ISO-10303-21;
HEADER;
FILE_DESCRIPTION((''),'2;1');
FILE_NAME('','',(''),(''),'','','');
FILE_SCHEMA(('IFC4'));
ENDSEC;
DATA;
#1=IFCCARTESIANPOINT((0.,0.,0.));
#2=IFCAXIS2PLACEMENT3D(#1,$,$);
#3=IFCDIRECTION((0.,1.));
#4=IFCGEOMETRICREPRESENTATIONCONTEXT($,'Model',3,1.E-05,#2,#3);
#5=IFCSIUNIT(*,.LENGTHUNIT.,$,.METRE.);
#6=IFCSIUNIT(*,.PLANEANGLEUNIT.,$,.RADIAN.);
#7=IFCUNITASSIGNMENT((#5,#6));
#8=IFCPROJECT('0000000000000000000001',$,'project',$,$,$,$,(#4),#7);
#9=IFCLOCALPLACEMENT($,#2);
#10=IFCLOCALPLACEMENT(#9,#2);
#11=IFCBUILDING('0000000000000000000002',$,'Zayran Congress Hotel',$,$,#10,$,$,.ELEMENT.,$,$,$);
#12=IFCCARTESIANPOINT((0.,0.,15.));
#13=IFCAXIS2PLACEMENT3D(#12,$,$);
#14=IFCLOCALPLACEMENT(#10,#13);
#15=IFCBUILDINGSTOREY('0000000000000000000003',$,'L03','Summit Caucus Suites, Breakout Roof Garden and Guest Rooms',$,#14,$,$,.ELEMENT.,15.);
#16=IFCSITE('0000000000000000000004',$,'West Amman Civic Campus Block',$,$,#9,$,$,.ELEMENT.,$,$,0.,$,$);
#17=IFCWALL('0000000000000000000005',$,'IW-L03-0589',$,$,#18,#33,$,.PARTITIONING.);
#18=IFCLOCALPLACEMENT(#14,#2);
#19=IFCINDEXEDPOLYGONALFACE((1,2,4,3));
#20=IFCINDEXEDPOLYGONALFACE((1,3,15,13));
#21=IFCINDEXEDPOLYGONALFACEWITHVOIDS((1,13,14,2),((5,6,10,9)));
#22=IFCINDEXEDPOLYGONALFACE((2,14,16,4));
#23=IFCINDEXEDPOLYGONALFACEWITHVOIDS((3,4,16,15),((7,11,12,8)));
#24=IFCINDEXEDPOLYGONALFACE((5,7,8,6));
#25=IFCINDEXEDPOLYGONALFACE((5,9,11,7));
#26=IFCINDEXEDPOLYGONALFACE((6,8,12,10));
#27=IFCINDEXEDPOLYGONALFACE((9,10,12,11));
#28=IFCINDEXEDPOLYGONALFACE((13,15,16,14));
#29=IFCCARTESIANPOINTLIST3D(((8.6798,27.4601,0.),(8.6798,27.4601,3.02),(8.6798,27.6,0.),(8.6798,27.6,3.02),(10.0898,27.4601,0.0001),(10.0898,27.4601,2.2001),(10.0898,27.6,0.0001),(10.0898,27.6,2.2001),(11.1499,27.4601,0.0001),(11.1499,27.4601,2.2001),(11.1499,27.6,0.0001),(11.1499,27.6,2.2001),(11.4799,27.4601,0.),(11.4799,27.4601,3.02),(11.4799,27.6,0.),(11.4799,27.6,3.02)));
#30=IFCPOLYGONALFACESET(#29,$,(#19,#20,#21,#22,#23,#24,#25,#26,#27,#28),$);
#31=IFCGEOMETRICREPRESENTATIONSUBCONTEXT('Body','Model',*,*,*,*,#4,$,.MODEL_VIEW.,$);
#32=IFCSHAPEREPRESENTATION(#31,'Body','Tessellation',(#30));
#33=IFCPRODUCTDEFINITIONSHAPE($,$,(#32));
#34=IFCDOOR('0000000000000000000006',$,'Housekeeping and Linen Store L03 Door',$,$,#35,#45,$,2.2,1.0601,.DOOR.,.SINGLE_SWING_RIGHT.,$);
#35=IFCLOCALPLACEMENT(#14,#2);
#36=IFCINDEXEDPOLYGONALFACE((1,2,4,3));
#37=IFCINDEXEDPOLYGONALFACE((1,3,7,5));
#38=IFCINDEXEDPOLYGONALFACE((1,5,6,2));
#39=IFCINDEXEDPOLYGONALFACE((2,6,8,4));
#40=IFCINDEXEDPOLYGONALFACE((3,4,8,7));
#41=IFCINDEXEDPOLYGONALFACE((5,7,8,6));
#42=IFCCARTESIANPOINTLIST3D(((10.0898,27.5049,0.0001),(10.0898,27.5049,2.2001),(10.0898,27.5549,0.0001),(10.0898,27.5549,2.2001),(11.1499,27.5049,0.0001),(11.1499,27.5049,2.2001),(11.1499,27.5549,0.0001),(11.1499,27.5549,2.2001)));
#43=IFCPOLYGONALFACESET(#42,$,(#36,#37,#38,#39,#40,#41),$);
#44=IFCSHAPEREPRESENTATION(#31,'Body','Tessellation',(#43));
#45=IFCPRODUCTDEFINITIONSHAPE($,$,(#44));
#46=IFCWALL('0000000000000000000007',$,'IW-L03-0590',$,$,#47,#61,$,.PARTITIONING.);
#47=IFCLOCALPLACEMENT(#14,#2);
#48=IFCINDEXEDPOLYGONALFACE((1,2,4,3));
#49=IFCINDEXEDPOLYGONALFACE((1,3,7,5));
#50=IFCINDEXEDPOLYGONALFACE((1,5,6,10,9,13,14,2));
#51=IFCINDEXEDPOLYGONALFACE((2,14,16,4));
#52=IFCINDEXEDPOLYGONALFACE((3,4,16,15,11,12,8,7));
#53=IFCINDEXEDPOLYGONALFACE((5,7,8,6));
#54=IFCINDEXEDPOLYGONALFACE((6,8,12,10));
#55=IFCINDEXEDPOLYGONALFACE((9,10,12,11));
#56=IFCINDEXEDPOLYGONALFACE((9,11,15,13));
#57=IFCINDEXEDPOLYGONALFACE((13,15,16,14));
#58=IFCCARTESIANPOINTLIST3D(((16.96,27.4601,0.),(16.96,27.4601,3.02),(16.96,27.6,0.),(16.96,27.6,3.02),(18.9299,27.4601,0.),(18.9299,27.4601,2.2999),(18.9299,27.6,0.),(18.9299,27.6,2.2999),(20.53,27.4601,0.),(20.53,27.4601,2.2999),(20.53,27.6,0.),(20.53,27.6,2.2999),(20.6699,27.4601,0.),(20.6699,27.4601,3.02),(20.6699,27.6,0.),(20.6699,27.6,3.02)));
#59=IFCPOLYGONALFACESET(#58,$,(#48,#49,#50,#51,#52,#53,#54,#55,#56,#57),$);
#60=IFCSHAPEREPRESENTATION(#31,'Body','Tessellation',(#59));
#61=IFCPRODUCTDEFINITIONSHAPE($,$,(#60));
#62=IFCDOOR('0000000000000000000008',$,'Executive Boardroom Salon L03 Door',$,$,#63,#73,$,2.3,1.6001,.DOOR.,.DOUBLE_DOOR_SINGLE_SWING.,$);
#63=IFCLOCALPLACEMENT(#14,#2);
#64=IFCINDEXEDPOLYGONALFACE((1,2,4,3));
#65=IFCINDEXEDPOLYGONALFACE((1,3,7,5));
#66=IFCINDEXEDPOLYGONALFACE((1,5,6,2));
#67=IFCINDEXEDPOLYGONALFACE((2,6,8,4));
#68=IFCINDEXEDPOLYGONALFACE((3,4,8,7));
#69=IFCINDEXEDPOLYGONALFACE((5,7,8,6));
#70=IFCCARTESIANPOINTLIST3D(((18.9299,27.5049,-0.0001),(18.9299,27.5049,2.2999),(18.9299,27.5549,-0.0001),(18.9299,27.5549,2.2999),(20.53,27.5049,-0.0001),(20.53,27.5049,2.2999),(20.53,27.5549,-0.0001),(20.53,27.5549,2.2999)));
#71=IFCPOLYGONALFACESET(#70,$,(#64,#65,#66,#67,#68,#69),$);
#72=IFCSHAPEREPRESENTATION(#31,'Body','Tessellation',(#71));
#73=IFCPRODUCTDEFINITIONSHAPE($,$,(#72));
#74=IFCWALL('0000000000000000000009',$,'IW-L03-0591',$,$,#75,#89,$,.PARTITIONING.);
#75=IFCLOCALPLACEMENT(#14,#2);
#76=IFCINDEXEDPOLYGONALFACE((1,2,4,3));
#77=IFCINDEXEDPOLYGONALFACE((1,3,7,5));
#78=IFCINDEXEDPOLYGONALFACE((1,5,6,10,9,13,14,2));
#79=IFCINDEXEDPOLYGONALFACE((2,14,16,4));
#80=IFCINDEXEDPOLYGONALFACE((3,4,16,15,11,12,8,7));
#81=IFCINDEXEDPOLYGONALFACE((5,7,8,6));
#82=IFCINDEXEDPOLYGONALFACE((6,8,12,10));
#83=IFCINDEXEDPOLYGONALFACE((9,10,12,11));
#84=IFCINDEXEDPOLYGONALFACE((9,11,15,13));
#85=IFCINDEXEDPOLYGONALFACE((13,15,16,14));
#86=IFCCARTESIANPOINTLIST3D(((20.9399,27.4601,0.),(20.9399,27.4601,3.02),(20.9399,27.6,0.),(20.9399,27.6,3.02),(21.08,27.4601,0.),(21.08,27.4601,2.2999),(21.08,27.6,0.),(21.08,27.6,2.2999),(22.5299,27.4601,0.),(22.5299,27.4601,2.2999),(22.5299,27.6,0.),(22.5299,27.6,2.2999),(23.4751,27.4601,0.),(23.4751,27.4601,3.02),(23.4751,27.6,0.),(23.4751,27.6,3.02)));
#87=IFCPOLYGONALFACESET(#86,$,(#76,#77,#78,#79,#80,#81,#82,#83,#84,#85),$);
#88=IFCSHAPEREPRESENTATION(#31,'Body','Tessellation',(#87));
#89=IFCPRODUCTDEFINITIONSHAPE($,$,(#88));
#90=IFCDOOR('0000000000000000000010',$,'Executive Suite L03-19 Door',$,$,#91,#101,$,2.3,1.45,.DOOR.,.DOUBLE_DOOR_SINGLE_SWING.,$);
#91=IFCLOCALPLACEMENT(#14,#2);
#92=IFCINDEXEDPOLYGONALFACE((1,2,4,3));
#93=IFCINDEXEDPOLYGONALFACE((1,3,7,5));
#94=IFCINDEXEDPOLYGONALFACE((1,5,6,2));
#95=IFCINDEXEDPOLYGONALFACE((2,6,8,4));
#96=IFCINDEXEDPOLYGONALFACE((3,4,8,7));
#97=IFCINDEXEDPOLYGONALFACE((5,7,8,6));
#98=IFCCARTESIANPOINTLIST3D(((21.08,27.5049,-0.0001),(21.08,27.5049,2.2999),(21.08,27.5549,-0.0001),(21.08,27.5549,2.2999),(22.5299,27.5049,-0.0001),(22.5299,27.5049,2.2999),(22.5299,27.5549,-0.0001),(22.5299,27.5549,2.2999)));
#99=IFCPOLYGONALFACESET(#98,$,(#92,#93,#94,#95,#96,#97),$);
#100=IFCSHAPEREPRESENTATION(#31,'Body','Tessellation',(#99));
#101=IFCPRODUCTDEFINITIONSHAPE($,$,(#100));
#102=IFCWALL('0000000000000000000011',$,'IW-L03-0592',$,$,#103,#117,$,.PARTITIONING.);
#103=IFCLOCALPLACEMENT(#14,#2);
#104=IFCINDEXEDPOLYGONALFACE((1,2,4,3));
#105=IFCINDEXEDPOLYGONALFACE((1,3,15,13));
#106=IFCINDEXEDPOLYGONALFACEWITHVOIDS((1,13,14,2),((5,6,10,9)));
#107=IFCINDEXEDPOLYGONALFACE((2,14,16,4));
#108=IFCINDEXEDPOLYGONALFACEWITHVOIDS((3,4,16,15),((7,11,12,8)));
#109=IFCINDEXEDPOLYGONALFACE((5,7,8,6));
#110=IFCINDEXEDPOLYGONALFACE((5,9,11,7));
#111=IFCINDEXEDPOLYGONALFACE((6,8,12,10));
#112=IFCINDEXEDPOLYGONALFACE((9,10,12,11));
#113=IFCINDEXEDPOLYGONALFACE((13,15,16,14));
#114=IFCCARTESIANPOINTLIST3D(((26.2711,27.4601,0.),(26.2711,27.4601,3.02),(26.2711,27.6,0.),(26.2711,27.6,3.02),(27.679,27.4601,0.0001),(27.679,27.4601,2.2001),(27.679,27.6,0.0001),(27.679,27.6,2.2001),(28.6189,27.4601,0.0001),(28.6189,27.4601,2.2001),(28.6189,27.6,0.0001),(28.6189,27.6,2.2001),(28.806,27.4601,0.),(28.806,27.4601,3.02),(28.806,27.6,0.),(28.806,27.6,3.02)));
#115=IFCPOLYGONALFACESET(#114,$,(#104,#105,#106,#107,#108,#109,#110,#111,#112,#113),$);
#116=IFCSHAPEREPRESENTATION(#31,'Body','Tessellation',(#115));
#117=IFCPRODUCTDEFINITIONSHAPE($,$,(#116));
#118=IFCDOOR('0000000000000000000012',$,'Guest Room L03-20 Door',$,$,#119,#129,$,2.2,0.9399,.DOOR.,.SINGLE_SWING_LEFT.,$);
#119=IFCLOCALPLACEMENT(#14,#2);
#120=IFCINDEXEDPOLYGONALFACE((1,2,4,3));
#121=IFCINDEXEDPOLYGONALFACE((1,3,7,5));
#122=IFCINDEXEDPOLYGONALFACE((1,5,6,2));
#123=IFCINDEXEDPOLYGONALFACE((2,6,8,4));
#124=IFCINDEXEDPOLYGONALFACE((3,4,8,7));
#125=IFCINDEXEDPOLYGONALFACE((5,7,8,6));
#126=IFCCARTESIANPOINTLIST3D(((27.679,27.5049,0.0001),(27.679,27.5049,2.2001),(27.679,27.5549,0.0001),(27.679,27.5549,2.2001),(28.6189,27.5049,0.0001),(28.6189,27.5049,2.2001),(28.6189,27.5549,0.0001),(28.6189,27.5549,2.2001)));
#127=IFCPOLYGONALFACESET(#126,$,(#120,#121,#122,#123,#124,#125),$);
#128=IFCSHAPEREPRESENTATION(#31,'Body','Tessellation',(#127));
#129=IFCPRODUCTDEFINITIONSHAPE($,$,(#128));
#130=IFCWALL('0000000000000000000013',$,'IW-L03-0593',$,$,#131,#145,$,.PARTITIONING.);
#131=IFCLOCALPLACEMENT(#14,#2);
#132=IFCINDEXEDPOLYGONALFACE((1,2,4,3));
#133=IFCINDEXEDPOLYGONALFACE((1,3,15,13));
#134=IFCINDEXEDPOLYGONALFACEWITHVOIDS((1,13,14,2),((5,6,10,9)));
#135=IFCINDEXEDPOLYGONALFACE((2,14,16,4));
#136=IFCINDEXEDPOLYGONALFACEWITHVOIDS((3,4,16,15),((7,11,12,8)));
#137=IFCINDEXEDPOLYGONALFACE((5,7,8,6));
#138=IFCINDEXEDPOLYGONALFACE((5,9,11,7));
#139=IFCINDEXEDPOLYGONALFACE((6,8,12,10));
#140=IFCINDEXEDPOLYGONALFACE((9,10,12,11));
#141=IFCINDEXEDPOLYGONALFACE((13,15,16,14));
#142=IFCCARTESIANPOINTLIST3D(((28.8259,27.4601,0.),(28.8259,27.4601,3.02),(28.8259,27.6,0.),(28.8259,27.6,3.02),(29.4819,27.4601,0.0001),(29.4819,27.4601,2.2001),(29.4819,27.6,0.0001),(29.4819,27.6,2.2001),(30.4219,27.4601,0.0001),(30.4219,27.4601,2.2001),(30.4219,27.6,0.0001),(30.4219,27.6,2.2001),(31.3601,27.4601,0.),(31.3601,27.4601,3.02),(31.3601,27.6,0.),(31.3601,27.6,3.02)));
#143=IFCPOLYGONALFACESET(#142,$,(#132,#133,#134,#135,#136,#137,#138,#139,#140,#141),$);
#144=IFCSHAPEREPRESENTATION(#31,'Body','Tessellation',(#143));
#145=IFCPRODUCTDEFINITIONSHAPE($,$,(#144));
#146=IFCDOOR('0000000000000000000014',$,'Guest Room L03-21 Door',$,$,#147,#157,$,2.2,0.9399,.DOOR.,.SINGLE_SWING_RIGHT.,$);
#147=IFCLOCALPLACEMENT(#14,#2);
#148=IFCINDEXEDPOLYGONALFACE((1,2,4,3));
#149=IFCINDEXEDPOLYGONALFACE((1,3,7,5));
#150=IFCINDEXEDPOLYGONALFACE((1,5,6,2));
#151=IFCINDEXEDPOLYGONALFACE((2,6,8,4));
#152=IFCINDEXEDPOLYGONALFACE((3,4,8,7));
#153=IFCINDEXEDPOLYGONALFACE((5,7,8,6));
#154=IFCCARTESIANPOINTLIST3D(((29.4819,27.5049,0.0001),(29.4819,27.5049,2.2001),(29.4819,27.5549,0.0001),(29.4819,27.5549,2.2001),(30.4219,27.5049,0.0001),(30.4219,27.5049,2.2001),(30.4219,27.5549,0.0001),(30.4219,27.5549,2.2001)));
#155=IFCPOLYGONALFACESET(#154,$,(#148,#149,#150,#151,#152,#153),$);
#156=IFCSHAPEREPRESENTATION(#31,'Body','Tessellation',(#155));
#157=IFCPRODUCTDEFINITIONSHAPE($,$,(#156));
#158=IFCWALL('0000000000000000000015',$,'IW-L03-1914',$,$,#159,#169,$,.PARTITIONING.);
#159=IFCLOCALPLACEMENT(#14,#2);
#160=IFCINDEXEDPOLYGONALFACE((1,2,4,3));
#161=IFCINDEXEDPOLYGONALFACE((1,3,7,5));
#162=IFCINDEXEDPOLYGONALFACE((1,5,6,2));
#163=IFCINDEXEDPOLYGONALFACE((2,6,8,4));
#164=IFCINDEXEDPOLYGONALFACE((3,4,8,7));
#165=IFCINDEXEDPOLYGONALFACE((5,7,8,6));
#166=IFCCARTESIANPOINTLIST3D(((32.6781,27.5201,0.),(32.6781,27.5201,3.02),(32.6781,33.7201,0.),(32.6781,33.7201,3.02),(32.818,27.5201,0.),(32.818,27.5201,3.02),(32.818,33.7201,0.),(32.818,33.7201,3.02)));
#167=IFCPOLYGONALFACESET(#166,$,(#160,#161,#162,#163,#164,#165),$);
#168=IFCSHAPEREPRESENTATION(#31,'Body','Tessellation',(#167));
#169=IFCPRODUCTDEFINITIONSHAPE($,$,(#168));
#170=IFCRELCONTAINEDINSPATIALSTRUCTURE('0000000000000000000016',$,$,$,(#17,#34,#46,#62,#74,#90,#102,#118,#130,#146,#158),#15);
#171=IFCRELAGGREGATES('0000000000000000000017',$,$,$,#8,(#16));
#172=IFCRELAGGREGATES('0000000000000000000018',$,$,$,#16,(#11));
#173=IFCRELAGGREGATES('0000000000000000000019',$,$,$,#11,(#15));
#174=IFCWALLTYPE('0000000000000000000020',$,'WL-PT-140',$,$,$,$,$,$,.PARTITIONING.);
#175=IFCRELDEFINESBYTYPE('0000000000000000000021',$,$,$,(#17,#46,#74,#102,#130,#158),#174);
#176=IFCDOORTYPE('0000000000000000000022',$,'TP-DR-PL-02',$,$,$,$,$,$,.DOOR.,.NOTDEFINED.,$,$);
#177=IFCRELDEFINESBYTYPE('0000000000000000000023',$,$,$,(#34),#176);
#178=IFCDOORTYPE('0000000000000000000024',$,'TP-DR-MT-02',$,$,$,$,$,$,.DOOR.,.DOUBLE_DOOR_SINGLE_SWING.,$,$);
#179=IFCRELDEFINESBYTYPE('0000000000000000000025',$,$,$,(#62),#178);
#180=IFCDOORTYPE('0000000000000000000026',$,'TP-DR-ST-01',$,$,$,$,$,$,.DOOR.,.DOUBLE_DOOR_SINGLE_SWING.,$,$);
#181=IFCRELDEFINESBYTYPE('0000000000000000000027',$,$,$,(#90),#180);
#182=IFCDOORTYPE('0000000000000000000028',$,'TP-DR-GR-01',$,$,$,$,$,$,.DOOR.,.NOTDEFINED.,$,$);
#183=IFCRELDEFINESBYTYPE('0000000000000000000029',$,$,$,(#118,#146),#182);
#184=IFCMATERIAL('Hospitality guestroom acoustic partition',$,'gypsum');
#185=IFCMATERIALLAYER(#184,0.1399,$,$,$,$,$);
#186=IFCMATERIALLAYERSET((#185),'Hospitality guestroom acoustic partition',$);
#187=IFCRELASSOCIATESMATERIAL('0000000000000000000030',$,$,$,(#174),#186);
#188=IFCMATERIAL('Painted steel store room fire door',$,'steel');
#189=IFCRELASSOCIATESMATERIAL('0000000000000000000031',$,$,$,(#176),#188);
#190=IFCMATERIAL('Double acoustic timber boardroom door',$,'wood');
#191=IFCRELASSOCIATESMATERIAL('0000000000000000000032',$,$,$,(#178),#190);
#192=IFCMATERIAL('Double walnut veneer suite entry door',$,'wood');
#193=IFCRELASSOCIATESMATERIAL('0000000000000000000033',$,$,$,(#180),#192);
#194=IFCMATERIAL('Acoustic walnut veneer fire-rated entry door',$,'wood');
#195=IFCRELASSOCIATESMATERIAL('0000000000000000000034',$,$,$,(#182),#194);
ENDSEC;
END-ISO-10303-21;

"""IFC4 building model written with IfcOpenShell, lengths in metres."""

from ifc_helpers import new_model, si_unit, direction, frame, frame_2d, origin, place, context, subcontext, project, spatial, rectangle, extrude, material, layer, layer_set, type_object, element, fill, save


model = new_model("IFC4")

# Units and contexts
model_context = context("Model", 3, precision=1e-05, world=origin(), true_north=direction((0.0, 1.0)))
body_context = subcontext(model_context, "Body", "Model", "MODEL_VIEW")
ifc_project = project(units=[si_unit("LENGTHUNIT", "METRE"), si_unit("PLANEANGLEUNIT", "RADIAN")], contexts=[model_context])

# Site, building, storey
site_placement = place(None, origin())
site = spatial("IfcSite", under=ifc_project, at=site_placement, Name="West Amman Civic Campus Block", CompositionType="ELEMENT", RefElevation=0.0)
building_placement = place(site_placement, origin())
building = spatial("IfcBuilding", under=site, at=building_placement, Name="Zayran Congress Hotel", CompositionType="ELEMENT")
storey_placement = place(building_placement, frame((0.0, 0.0, 15.0)))
storey = spatial("IfcBuildingStorey", under=building, at=storey_placement, Name="L03", Description="Summit Caucus Suites, Breakout Roof Garden and Guest Rooms", CompositionType="ELEMENT", Elevation=15.0)

# Walls, openings, doors
ifc_material_1 = material(Name="Hospitality guestroom acoustic partition", Category="gypsum")
ifc_layer_1 = layer(ifc_material_1, 0.1399)
ifc_layer_set_1 = layer_set([ifc_layer_1], Name="Hospitality guestroom acoustic partition")
wall_type_1 = type_object("IfcWallType", Name="WL-PT-140", PredefinedType="PARTITIONING", material=ifc_layer_set_1)
wall_1_placement = place(storey_placement, frame((8.6799, 27.53, 0.0), z_axis=(0.0, 0.0, 1.0), x_axis=(1.0, 0.0, 0.0)))
wall_1 = element("IfcWall", 1, at=wall_1_placement, inside=storey, type_object=wall_type_1, Name="IW-L03-0589", PredefinedType="PARTITIONING", context=body_context, shape_type="SweptSolid", body=[
    extrude(rectangle(XDim=2.8, YDim=0.1399, at=frame_2d((1.3999, 0.0))), origin(), (0.0, 0.0, 1.0), 3.02),
])
opening_1_placement = place(wall_1_placement, frame((1.4099, 0.0, 0.0)))
opening_1 = element("IfcOpeningElement", 2, at=opening_1_placement, cuts=wall_1, PredefinedType="OPENING", context=body_context, shape_type="SweptSolid", body=[
    extrude(rectangle(XDim=1.0601, YDim=2.2, at=frame_2d((0.53, 1.1001))), frame((0.0, 0.0798, 0.0), z_axis=(0.0, -1.0, 0.0), x_axis=(1.0, 0.0, 0.0)), (0.0, 0.0, 1.0), 0.1599),
])
ifc_material_2 = material(Name="Painted steel store room fire door", Category="steel")
door_type_1 = type_object("IfcDoorType", Name="TP-DR-PL-02", OperationType="NOTDEFINED", PredefinedType="DOOR", material=ifc_material_2)
door_1_placement = place(opening_1_placement, origin())
door_1 = element("IfcDoor", 3, at=door_1_placement, inside=storey, type_object=door_type_1, Name="Housekeeping and Linen Store L03 Door", OperationType="SINGLE_SWING_RIGHT", OverallHeight=2.2, OverallWidth=1.0601, PredefinedType="DOOR", context=body_context, shape_type="SweptSolid", body=[
    extrude(rectangle(XDim=1.0601, YDim=2.2, at=frame_2d((0.53, 1.1001))), frame((0.0, 0.0249, 0.0), z_axis=(0.0, -1.0, 0.0), x_axis=(1.0, 0.0, 0.0)), (0.0, 0.0, 1.0), 0.05),
])
fill(opening_1, door_1)
wall_2_placement = place(storey_placement, frame((16.96, 27.53, 0.0), z_axis=(0.0, 0.0, 1.0), x_axis=(1.0, 0.0, 0.0)))
wall_2 = element("IfcWall", 4, at=wall_2_placement, inside=storey, type_object=wall_type_1, Name="IW-L03-0590", PredefinedType="PARTITIONING", context=body_context, shape_type="SweptSolid", body=[
    extrude(rectangle(XDim=3.71, YDim=0.1399, at=frame_2d((1.855, 0.0))), origin(), (0.0, 0.0, 1.0), 3.02),
])
opening_2_placement = place(wall_2_placement, frame((1.97, 0.0, 0.0)))
opening_2 = element("IfcOpeningElement", 5, at=opening_2_placement, cuts=wall_2, PredefinedType="OPENING", context=body_context, shape_type="SweptSolid", body=[
    extrude(rectangle(XDim=1.6001, YDim=2.3, at=frame_2d((0.8, 1.1499))), frame((0.0, 0.0798, 0.0), z_axis=(0.0, -1.0, 0.0), x_axis=(1.0, 0.0, 0.0)), (0.0, 0.0, 1.0), 0.1599),
])
ifc_material_3 = material(Name="Double acoustic timber boardroom door", Category="wood")
door_type_2 = type_object("IfcDoorType", Name="TP-DR-MT-02", OperationType="DOUBLE_DOOR_SINGLE_SWING", PredefinedType="DOOR", material=ifc_material_3)
door_2_placement = place(opening_2_placement, origin())
door_2 = element("IfcDoor", 6, at=door_2_placement, inside=storey, type_object=door_type_2, Name="Executive Boardroom Salon L03 Door", OperationType="DOUBLE_DOOR_SINGLE_SWING", OverallHeight=2.3, OverallWidth=1.6001, PredefinedType="DOOR", context=body_context, shape_type="SweptSolid", body=[
    extrude(rectangle(XDim=1.6001, YDim=2.3, at=frame_2d((0.8, 1.1499))), frame((0.0, 0.0249, 0.0), z_axis=(0.0, -1.0, 0.0), x_axis=(1.0, 0.0, 0.0)), (0.0, 0.0, 1.0), 0.05),
])
fill(opening_2, door_2)
wall_3_placement = place(storey_placement, frame((20.9399, 27.53, 0.0), z_axis=(0.0, 0.0, 1.0), x_axis=(1.0, 0.0, 0.0)))
wall_3 = element("IfcWall", 7, at=wall_3_placement, inside=storey, type_object=wall_type_1, Name="IW-L03-0591", PredefinedType="PARTITIONING", context=body_context, shape_type="SweptSolid", body=[
    extrude(rectangle(XDim=2.5352, YDim=0.1399, at=frame_2d((1.2676, 0.0))), origin(), (0.0, 0.0, 1.0), 3.02),
])
opening_3_placement = place(wall_3_placement, frame((0.1399, 0.0, 0.0)))
opening_3 = element("IfcOpeningElement", 8, at=opening_3_placement, cuts=wall_3, PredefinedType="OPENING", context=body_context, shape_type="SweptSolid", body=[
    extrude(rectangle(XDim=1.45, YDim=2.3, at=frame_2d((0.7251, 1.1499))), frame((0.0, 0.0798, 0.0), z_axis=(0.0, -1.0, 0.0), x_axis=(1.0, 0.0, 0.0)), (0.0, 0.0, 1.0), 0.1599),
])
ifc_material_4 = material(Name="Double walnut veneer suite entry door", Category="wood")
door_type_3 = type_object("IfcDoorType", Name="TP-DR-ST-01", OperationType="DOUBLE_DOOR_SINGLE_SWING", PredefinedType="DOOR", material=ifc_material_4)
door_3_placement = place(opening_3_placement, origin())
door_3 = element("IfcDoor", 9, at=door_3_placement, inside=storey, type_object=door_type_3, Name="Executive Suite L03-19 Door", OperationType="DOUBLE_DOOR_SINGLE_SWING", OverallHeight=2.3, OverallWidth=1.45, PredefinedType="DOOR", context=body_context, shape_type="SweptSolid", body=[
    extrude(rectangle(XDim=1.45, YDim=2.3, at=frame_2d((0.7251, 1.1499))), frame((0.0, 0.0249, 0.0), z_axis=(0.0, -1.0, 0.0), x_axis=(1.0, 0.0, 0.0)), (0.0, 0.0, 1.0), 0.05),
])
fill(opening_3, door_3)
wall_4_placement = place(storey_placement, frame((26.271, 27.53, 0.0), z_axis=(0.0, 0.0, 1.0), x_axis=(1.0, 0.0, 0.0)))
wall_4 = element("IfcWall", 10, at=wall_4_placement, inside=storey, type_object=wall_type_1, Name="IW-L03-0592", PredefinedType="PARTITIONING", context=body_context, shape_type="SweptSolid", body=[
    extrude(rectangle(XDim=2.5349, YDim=0.1399, at=frame_2d((1.2676, 0.0))), origin(), (0.0, 0.0, 1.0), 3.02),
])
opening_4_placement = place(wall_4_placement, frame((1.408, 0.0, 0.0)))
opening_4 = element("IfcOpeningElement", 11, at=opening_4_placement, cuts=wall_4, PredefinedType="OPENING", context=body_context, shape_type="SweptSolid", body=[
    extrude(rectangle(XDim=0.9399, YDim=2.2, at=frame_2d((0.47, 1.1001))), frame((0.0, 0.0798, 0.0), z_axis=(0.0, -1.0, 0.0), x_axis=(1.0, 0.0, 0.0)), (0.0, 0.0, 1.0), 0.1599),
])
ifc_material_5 = material(Name="Acoustic walnut veneer fire-rated entry door", Category="wood")
door_type_4 = type_object("IfcDoorType", Name="TP-DR-GR-01", OperationType="NOTDEFINED", PredefinedType="DOOR", material=ifc_material_5)
door_4_placement = place(opening_4_placement, origin())
door_4 = element("IfcDoor", 12, at=door_4_placement, inside=storey, type_object=door_type_4, Name="Guest Room L03-20 Door", OperationType="SINGLE_SWING_LEFT", OverallHeight=2.2, OverallWidth=0.9399, PredefinedType="DOOR", context=body_context, shape_type="SweptSolid", body=[
    extrude(rectangle(XDim=0.9399, YDim=2.2, at=frame_2d((0.47, 1.1001))), frame((0.0, 0.0249, 0.0), z_axis=(0.0, -1.0, 0.0), x_axis=(1.0, 0.0, 0.0)), (0.0, 0.0, 1.0), 0.05),
])
fill(opening_4, door_4)
wall_5_placement = place(storey_placement, frame((28.8259, 27.53, 0.0), z_axis=(0.0, 0.0, 1.0), x_axis=(1.0, 0.0, 0.0)))
wall_5 = element("IfcWall", 13, at=wall_5_placement, inside=storey, type_object=wall_type_1, Name="IW-L03-0593", PredefinedType="PARTITIONING", context=body_context, shape_type="SweptSolid", body=[
    extrude(rectangle(XDim=2.5342, YDim=0.1399, at=frame_2d((1.2671, 0.0))), origin(), (0.0, 0.0, 1.0), 3.02),
])
opening_5_placement = place(wall_5_placement, frame((0.656, 0.0, 0.0)))
opening_5 = element("IfcOpeningElement", 14, at=opening_5_placement, cuts=wall_5, PredefinedType="OPENING", context=body_context, shape_type="SweptSolid", body=[
    extrude(rectangle(XDim=0.9399, YDim=2.2, at=frame_2d((0.47, 1.1001))), frame((0.0, 0.0798, 0.0), z_axis=(0.0, -1.0, 0.0), x_axis=(1.0, 0.0, 0.0)), (0.0, 0.0, 1.0), 0.1599),
])
door_5_placement = place(opening_5_placement, origin())
door_5 = element("IfcDoor", 15, at=door_5_placement, inside=storey, type_object=door_type_4, Name="Guest Room L03-21 Door", OperationType="SINGLE_SWING_RIGHT", OverallHeight=2.2, OverallWidth=0.9399, PredefinedType="DOOR", context=body_context, shape_type="SweptSolid", body=[
    extrude(rectangle(XDim=0.9399, YDim=2.2, at=frame_2d((0.47, 1.1001))), frame((0.0, 0.0249, 0.0), z_axis=(0.0, -1.0, 0.0), x_axis=(1.0, 0.0, 0.0)), (0.0, 0.0, 1.0), 0.05),
])
fill(opening_5, door_5)

# Wall
wall_6_placement = place(storey_placement, frame((32.748, 27.52, 0.0), z_axis=(0.0, 0.0, 1.0), x_axis=(0.0, 1.0, 0.0)))
element("IfcWall", 16, at=wall_6_placement, inside=storey, type_object=wall_type_1, Name="IW-L03-1914", PredefinedType="PARTITIONING", context=body_context, shape_type="SweptSolid", body=[
    extrude(rectangle(XDim=6.2, YDim=0.1399, at=frame_2d((3.1001, 0.0))), origin(), (0.0, 0.0, 1.0), 3.02),
])

save(model, "model.ifc")
